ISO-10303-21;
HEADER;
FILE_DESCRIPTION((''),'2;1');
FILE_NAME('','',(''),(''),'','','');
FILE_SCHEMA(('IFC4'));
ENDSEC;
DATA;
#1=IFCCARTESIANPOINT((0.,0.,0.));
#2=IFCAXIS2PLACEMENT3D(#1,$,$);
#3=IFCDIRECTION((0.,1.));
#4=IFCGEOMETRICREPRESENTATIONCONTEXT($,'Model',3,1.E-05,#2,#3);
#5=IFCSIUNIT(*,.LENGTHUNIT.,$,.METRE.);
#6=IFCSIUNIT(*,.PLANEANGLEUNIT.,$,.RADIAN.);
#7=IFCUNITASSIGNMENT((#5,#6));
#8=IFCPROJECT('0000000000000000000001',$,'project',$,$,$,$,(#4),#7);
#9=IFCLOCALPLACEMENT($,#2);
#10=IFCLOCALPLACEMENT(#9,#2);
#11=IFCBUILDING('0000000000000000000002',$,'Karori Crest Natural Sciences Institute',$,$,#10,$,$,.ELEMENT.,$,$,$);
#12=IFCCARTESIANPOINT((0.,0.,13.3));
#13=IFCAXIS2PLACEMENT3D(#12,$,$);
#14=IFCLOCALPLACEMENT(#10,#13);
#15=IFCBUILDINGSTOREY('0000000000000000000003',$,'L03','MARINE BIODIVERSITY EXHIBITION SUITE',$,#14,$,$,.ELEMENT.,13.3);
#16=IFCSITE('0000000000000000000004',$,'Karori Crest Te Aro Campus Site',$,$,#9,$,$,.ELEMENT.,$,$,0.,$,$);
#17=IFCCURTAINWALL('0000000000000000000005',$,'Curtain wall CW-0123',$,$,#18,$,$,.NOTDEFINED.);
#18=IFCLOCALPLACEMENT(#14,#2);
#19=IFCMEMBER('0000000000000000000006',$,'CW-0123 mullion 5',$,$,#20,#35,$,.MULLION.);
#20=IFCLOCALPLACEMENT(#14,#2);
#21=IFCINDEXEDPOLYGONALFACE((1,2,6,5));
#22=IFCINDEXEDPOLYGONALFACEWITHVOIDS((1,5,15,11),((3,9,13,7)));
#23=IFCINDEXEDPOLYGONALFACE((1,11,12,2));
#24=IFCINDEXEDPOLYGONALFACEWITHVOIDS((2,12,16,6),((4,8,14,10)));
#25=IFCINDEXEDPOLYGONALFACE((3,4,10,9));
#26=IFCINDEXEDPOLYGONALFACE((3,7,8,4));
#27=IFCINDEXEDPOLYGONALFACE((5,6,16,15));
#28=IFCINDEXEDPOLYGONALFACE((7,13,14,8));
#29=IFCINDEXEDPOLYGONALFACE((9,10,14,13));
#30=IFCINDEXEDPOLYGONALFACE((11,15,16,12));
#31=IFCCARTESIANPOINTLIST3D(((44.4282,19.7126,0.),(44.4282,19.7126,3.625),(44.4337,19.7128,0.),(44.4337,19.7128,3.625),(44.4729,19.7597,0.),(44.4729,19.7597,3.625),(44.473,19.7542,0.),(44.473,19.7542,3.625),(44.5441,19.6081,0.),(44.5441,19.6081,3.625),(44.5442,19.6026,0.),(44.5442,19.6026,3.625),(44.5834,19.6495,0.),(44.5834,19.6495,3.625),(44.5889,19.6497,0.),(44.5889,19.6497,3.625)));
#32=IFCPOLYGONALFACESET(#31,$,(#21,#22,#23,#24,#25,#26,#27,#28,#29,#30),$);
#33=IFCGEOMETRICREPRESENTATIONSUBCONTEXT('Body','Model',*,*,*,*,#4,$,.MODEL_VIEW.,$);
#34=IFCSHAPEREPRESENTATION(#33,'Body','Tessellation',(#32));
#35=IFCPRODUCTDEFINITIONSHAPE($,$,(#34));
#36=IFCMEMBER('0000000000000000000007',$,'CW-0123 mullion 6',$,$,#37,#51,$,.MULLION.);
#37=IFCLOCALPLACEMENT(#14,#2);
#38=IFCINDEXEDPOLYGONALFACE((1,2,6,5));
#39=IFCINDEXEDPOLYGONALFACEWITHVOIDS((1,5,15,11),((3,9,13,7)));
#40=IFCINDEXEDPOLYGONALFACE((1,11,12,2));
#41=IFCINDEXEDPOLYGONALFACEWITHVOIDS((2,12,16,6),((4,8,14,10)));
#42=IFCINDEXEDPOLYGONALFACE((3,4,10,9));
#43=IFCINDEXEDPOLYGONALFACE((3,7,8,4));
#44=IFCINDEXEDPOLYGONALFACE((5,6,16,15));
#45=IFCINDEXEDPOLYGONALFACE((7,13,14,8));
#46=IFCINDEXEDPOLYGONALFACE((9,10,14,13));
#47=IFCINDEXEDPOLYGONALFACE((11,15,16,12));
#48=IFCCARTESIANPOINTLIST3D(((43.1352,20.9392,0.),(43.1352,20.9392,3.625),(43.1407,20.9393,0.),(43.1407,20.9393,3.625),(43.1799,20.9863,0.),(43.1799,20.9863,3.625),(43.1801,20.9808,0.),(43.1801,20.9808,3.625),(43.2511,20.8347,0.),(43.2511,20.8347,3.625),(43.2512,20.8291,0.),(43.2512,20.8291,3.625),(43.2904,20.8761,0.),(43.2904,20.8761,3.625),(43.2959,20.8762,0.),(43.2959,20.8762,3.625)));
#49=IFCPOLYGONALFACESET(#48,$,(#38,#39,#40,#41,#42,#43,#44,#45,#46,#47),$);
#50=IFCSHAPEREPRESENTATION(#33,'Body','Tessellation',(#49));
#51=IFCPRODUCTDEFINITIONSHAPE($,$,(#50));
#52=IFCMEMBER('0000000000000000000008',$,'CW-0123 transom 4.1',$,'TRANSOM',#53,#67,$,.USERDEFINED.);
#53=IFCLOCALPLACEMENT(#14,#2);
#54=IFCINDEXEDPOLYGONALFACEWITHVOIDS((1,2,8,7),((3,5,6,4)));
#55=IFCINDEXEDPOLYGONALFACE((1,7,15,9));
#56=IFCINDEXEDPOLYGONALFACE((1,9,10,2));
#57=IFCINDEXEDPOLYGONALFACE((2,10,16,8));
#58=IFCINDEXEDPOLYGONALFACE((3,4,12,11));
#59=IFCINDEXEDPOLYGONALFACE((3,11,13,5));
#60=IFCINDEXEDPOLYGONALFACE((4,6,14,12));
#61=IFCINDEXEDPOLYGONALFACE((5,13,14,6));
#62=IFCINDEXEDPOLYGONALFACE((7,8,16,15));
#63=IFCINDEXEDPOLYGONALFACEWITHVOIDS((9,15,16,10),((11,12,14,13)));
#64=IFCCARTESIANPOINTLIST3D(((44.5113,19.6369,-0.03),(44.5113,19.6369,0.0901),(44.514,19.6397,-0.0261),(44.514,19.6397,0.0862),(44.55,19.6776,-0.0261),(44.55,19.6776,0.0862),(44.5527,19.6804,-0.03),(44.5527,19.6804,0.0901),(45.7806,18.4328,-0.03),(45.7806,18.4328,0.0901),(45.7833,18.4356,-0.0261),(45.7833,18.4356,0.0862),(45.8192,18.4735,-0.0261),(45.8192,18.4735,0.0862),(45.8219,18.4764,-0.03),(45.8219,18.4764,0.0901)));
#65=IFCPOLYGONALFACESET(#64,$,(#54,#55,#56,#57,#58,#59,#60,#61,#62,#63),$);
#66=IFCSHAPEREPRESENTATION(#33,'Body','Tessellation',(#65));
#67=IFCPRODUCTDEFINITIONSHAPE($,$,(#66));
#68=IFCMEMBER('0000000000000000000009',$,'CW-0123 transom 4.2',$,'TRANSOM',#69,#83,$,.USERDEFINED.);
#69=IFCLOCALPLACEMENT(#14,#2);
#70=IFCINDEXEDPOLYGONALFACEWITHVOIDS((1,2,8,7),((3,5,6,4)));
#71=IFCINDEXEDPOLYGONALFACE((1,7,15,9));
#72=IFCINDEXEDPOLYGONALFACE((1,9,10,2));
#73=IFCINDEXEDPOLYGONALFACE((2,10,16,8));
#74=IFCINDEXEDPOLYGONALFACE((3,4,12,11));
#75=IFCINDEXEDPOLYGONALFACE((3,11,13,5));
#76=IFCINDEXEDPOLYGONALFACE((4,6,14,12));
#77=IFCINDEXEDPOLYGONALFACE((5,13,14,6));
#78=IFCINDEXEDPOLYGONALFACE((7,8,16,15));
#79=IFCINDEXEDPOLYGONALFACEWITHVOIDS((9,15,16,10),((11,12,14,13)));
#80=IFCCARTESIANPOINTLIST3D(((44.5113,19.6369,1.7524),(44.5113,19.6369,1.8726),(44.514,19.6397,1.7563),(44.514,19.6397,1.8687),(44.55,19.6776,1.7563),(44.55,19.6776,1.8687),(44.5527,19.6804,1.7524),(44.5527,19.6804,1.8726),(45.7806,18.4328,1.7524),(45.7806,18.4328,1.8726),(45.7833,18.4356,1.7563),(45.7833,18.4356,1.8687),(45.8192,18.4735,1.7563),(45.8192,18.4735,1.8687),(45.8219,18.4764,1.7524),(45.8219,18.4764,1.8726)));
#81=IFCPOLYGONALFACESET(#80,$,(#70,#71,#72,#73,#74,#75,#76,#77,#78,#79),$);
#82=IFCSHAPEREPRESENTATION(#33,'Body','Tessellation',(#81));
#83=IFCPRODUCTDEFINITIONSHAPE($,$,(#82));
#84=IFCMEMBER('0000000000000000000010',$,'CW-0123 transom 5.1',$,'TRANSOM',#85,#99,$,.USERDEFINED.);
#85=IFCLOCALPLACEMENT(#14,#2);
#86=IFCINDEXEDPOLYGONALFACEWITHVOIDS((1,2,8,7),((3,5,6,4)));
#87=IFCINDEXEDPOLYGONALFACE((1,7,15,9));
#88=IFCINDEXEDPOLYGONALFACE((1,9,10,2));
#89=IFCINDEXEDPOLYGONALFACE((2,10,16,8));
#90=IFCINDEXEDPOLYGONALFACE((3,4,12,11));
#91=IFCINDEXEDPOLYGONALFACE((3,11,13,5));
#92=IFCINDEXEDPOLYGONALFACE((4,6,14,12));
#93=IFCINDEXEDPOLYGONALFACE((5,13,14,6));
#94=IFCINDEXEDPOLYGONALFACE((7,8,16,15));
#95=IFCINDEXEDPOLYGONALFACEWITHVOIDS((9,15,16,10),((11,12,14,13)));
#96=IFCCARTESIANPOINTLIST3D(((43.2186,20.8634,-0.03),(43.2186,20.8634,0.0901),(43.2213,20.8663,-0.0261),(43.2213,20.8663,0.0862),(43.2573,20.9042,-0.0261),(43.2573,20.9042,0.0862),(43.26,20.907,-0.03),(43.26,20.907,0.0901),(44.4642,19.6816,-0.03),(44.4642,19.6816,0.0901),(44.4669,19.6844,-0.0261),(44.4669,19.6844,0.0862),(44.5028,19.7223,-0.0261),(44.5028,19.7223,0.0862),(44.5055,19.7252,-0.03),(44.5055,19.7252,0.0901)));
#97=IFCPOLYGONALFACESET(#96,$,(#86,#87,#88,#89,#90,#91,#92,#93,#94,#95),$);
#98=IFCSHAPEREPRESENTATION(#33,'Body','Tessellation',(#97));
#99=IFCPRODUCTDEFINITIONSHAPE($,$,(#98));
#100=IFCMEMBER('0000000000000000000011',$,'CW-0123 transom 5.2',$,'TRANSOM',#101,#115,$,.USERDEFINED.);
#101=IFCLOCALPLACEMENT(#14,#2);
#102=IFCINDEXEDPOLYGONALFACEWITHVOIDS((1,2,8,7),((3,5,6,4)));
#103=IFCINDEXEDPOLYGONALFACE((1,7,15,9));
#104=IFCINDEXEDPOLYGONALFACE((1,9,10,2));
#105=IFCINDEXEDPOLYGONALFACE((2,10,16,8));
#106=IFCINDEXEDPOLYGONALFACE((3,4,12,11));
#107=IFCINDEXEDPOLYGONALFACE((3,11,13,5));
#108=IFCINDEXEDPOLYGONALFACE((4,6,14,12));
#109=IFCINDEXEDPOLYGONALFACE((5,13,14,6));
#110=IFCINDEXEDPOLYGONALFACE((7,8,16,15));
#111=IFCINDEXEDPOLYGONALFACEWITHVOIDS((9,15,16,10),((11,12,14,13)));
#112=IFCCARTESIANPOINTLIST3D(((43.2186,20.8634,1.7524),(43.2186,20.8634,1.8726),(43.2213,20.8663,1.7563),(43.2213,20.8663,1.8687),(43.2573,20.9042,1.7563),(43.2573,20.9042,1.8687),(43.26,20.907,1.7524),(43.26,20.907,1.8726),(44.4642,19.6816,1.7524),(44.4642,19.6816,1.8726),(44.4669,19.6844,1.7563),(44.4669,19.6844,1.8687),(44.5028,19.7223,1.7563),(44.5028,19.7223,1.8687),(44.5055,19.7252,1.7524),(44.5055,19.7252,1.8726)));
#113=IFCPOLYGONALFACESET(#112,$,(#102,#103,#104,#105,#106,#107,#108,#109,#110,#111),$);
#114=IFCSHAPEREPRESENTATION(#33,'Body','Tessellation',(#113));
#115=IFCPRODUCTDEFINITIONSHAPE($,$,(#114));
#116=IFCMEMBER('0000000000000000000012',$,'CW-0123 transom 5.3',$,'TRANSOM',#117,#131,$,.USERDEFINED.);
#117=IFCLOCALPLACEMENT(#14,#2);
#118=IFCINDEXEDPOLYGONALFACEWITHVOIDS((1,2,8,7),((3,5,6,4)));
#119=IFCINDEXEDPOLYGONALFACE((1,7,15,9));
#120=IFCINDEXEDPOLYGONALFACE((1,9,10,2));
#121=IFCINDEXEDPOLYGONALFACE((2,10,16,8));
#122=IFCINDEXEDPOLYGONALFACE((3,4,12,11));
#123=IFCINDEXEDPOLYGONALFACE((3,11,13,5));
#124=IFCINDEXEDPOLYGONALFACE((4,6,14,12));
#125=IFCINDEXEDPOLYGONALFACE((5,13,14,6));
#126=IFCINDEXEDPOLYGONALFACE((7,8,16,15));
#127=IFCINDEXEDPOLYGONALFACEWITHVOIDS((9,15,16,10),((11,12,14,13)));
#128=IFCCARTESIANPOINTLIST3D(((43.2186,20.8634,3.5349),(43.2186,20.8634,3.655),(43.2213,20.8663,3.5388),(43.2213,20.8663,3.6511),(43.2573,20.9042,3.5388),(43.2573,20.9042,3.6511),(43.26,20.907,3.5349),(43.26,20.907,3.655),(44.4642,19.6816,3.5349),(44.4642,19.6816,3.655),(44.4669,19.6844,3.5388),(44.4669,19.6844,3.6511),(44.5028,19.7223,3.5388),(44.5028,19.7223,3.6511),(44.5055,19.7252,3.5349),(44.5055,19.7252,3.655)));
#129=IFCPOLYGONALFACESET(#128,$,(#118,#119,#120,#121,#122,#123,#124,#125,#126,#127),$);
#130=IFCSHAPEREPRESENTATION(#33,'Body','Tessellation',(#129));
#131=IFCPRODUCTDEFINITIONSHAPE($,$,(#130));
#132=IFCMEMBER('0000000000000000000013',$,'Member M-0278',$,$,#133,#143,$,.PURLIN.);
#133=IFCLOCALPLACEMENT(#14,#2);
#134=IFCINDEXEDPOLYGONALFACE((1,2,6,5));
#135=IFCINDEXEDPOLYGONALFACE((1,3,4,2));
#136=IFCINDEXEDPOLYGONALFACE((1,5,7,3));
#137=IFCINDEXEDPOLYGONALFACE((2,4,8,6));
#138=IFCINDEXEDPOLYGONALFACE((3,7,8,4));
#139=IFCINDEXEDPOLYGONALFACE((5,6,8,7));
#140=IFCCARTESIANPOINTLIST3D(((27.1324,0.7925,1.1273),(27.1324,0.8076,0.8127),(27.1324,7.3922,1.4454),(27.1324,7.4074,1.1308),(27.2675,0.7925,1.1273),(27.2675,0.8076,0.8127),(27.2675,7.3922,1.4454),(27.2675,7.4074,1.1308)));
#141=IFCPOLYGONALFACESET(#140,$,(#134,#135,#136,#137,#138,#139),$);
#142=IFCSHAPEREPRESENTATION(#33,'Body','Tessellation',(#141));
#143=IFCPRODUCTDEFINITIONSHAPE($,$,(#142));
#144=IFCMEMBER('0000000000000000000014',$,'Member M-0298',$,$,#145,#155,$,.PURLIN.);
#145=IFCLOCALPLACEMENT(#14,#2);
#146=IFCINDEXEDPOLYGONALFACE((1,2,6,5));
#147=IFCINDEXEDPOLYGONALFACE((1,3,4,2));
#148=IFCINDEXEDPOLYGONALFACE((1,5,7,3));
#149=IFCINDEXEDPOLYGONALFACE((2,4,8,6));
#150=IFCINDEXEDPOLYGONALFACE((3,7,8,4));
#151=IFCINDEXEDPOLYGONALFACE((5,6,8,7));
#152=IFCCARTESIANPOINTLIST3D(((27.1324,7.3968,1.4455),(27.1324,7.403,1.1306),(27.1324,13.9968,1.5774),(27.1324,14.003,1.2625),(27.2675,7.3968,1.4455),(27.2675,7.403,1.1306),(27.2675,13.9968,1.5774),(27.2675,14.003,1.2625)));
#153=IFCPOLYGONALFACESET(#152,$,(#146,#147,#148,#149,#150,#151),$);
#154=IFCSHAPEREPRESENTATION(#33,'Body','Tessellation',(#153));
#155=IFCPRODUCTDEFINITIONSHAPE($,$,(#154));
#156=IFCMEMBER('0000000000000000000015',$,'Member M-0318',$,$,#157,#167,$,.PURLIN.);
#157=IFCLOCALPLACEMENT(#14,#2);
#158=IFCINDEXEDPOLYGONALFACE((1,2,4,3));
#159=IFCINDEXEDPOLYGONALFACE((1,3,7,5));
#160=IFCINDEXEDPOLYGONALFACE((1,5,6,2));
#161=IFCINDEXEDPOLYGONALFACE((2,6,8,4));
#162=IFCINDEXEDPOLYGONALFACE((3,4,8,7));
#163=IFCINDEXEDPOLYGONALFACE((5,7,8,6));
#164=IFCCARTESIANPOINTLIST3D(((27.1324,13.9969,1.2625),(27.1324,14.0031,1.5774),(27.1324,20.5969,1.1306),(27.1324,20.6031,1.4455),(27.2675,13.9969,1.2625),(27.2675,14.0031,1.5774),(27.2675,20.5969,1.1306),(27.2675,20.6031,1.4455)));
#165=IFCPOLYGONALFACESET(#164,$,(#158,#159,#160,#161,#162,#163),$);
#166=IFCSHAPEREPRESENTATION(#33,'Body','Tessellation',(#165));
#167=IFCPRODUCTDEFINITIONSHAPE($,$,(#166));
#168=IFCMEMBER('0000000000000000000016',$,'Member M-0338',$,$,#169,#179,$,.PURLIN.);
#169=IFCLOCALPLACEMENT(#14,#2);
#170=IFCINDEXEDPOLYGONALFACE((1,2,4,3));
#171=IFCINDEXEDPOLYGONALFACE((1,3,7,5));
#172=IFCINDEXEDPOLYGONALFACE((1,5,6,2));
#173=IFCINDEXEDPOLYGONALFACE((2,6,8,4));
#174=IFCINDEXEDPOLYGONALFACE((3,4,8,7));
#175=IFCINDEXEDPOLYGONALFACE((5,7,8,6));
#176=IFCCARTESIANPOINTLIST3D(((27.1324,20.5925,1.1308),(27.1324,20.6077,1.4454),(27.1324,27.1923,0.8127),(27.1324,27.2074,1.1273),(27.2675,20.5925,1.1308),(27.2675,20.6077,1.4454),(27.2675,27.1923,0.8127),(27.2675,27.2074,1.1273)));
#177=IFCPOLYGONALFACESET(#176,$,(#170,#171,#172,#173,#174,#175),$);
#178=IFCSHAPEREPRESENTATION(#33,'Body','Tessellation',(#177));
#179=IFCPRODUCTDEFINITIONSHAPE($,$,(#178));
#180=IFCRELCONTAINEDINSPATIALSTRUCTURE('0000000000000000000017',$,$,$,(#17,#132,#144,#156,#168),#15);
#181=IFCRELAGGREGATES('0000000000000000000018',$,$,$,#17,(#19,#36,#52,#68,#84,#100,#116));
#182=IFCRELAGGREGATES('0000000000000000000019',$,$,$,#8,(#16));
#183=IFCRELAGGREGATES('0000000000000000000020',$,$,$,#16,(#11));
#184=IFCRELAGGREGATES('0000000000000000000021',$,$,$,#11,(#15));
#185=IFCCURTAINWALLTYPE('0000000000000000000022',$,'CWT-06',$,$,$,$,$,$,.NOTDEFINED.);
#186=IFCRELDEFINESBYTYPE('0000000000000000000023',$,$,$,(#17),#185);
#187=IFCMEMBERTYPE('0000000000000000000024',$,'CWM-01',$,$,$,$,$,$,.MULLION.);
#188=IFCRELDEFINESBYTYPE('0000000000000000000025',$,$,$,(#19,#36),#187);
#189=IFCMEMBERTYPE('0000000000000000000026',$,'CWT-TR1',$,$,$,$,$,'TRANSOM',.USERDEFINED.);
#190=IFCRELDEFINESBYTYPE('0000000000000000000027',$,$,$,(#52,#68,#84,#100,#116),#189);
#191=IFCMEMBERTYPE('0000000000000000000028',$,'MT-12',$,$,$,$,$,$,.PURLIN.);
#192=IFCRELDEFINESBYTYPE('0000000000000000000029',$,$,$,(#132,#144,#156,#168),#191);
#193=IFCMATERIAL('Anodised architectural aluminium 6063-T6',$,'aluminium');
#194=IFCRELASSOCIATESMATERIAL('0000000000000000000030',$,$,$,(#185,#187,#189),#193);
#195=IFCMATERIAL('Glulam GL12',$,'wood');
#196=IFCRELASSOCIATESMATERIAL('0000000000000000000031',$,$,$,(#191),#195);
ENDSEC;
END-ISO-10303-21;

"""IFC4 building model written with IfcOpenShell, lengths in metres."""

from ifc_helpers import new_model, si_unit, direction, frame, origin, origin_2d, place, context, subcontext, project, spatial, rectangle, hollow_rectangle, extrude, material, material_profile, profile_set, type_object, element, aggregate, save


model = new_model("IFC4")

# Units and contexts
model_context = context("Model", 3, precision=1e-05, world=origin(), true_north=direction((0.0, 1.0)))
body_context = subcontext(model_context, "Body", "Model", "MODEL_VIEW")
ifc_project = project(units=[si_unit("LENGTHUNIT", "METRE"), si_unit("PLANEANGLEUNIT", "RADIAN")], contexts=[model_context])

# Site, building, storey
site_placement = place(None, origin())
site = spatial("IfcSite", under=ifc_project, at=site_placement, Name="Karori Crest Te Aro Campus Site", CompositionType="ELEMENT", RefElevation=0.0)
building_placement = place(site_placement, origin())
building = spatial("IfcBuilding", under=site, at=building_placement, Name="Karori Crest Natural Sciences Institute", CompositionType="ELEMENT")
storey_placement = place(building_placement, frame((0.0, 0.0, 13.3)))
storey = spatial("IfcBuildingStorey", under=building, at=storey_placement, Name="L03", Description="MARINE BIODIVERSITY EXHIBITION SUITE", CompositionType="ELEMENT", Elevation=13.3)

# Curtain wall, members
ifc_material_1 = material(Name="Anodised architectural aluminium 6063-T6", Category="aluminium")
curtain_wall_type = type_object("IfcCurtainWallType", Name="CWT-06", PredefinedType="NOTDEFINED", material=ifc_material_1)
curtain_wall_placement = place(storey_placement, origin())
curtain_wall = element("IfcCurtainWall", 1, at=curtain_wall_placement, inside=storey, type_object=curtain_wall_type, Name="Curtain wall CW-0123", PredefinedType="NOTDEFINED")
ifc_material_profile_1 = material_profile(ifc_material_1, hollow_rectangle(XDim=0.0649, YDim=0.1599, WallThickness=0.0039, at=origin_2d()), Name="CWM160x65x4")
ifc_profile_set_1 = profile_set([ifc_material_profile_1], Name="Anodised architectural aluminium 6063-T6")
member_type_1 = type_object("IfcMemberType", Name="CWM-01", PredefinedType="MULLION", material=ifc_profile_set_1)
member_1_placement = place(storey_placement, frame((44.5085, 19.6812, 0.0), z_axis=(0.0, 0.0, 1.0), x_axis=(-0.688252, -0.725471, 0.0)))
member_1 = element("IfcMember", 2, at=member_1_placement, type_object=member_type_1, Name="CW-0123 mullion 5", PredefinedType="MULLION", context=body_context, shape_type="SweptSolid", body=[
    extrude(hollow_rectangle(XDim=0.0649, YDim=0.1599, WallThickness=0.0039, at=origin_2d()), origin(), (0.0, 0.0, 1.0), 3.625),
])
member_2_placement = place(storey_placement, frame((43.2156, 20.9077, 0.0), z_axis=(0.0, 0.0, 1.0), x_axis=(-0.688252, -0.725471, 0.0)))
member_2 = element("IfcMember", 3, at=member_2_placement, type_object=member_type_1, Name="CW-0123 mullion 6", PredefinedType="MULLION", context=body_context, shape_type="SweptSolid", body=[
    extrude(hollow_rectangle(XDim=0.0649, YDim=0.1599, WallThickness=0.0039, at=origin_2d()), origin(), (0.0, 0.0, 1.0), 3.625),
])
ifc_material_profile_2 = material_profile(ifc_material_1, hollow_rectangle(XDim=0.0601, YDim=0.1201, WallThickness=0.0039, at=origin_2d()), Name="CWT120x60x4")
ifc_profile_set_2 = profile_set([ifc_material_profile_2], Name="Anodised architectural aluminium 6063-T6")
member_type_2 = type_object("IfcMemberType", Name="CWT-TR1", ElementType="TRANSOM", PredefinedType="USERDEFINED", material=ifc_profile_set_2)
member_3_placement = place(storey_placement, frame((45.8013, 18.4546, 0.03), z_axis=(-0.72549, 0.688232, 0.0), x_axis=(-0.688232, -0.72549, 0.0)))
member_3 = element("IfcMember", 4, at=member_3_placement, type_object=member_type_2, Name="CW-0123 transom 4.1", ObjectType="TRANSOM", PredefinedType="USERDEFINED", context=body_context, shape_type="SweptSolid", body=[
    extrude(hollow_rectangle(XDim=0.0601, YDim=0.1201, WallThickness=0.0039, at=origin_2d()), origin(), (0.0, 0.0, 1.0), 1.7495),
])
member_4_placement = place(storey_placement, frame((45.8013, 18.4546, 1.8125), z_axis=(-0.72549, 0.688232, 0.0), x_axis=(-0.688232, -0.72549, 0.0)))
member_4 = element("IfcMember", 5, at=member_4_placement, type_object=member_type_2, Name="CW-0123 transom 4.2", ObjectType="TRANSOM", PredefinedType="USERDEFINED", context=body_context, shape_type="SweptSolid", body=[
    extrude(hollow_rectangle(XDim=0.0601, YDim=0.1201, WallThickness=0.0039, at=origin_2d()), origin(), (0.0, 0.0, 1.0), 1.7495),
])
member_5_placement = place(storey_placement, frame((44.4849, 19.7034, 0.03), z_axis=(-0.725418, 0.688308, 0.0), x_axis=(-0.688308, -0.725418, 0.0)))
member_5 = element("IfcMember", 6, at=member_5_placement, type_object=member_type_2, Name="CW-0123 transom 5.1", ObjectType="TRANSOM", PredefinedType="USERDEFINED", context=body_context, shape_type="SweptSolid", body=[
    extrude(hollow_rectangle(XDim=0.0601, YDim=0.1201, WallThickness=0.0039, at=origin_2d()), origin(), (0.0, 0.0, 1.0), 1.717),
])
member_6_placement = place(storey_placement, frame((44.4849, 19.7034, 1.8125), z_axis=(-0.725418, 0.688308, 0.0), x_axis=(-0.688308, -0.725418, 0.0)))
member_6 = element("IfcMember", 7, at=member_6_placement, type_object=member_type_2, Name="CW-0123 transom 5.2", ObjectType="TRANSOM", PredefinedType="USERDEFINED", context=body_context, shape_type="SweptSolid", body=[
    extrude(hollow_rectangle(XDim=0.0601, YDim=0.1201, WallThickness=0.0039, at=origin_2d()), origin(), (0.0, 0.0, 1.0), 1.717),
])
member_7_placement = place(storey_placement, frame((44.4849, 19.7034, 3.595), z_axis=(-0.725418, 0.688308, 0.0), x_axis=(-0.688308, -0.725418, 0.0)))
member_7 = element("IfcMember", 8, at=member_7_placement, type_object=member_type_2, Name="CW-0123 transom 5.3", ObjectType="TRANSOM", PredefinedType="USERDEFINED", context=body_context, shape_type="SweptSolid", body=[
    extrude(hollow_rectangle(XDim=0.0601, YDim=0.1201, WallThickness=0.0039, at=origin_2d()), origin(), (0.0, 0.0, 1.0), 1.717),
])

# Members
ifc_material_2 = material(Name="Glulam GL12", Category="wood")
ifc_material_profile_3 = material_profile(ifc_material_2, rectangle(XDim=0.135, YDim=0.3149, at=origin_2d()), Name="GL135x315")
ifc_profile_set_3 = profile_set([ifc_material_profile_3], Name="Glulam GL12")
member_type_3 = type_object("IfcMemberType", Name="MT-12", PredefinedType="PURLIN", material=ifc_profile_set_3)
member_8_placement = place(storey_placement, frame((27.2, 0.8, 0.97), z_axis=(0.0, 0.99884, 0.048144), x_axis=(-1.0, 0.0, 0.0)))
element("IfcMember", 9, at=member_8_placement, inside=storey, type_object=member_type_3, Name="Member M-0278", PredefinedType="PURLIN", context=body_context, shape_type="SweptSolid", body=[
    extrude(rectangle(XDim=0.135, YDim=0.3149, at=origin_2d()), origin(), (0.0, 0.0, 1.0), 6.6074),
])
for number, where, z_axis, x_axis, name in (
    (10, (27.2, 7.3999, 1.2881), (0.0, 0.999801, 0.019971), (-1.0, 0.0, 0.0), "Member M-0298"),
    (11, (27.2, 14.0, 1.4199), (0.0, 0.999801, -0.019971), (-1.0, 0.0, 0.0), "Member M-0318"),
):
    element("IfcMember", number, at=place(storey_placement, frame(where, z_axis=z_axis, x_axis=x_axis)), inside=storey, type_object=member_type_3, Name=name, PredefinedType="PURLIN", context=body_context, shape_type="SweptSolid", body=[
        extrude(rectangle(XDim=0.135, YDim=0.3149, at=origin_2d()), origin(), (0.0, 0.0, 1.0), 6.6013),
    ])
member_9_placement = place(storey_placement, frame((27.2, 20.6001, 1.2881), z_axis=(0.0, 0.99884, -0.048144), x_axis=(-1.0, 0.0, 0.0)))
element("IfcMember", 12, at=member_9_placement, inside=storey, type_object=member_type_3, Name="Member M-0338", PredefinedType="PURLIN", context=body_context, shape_type="SweptSolid", body=[
    extrude(rectangle(XDim=0.135, YDim=0.3149, at=origin_2d()), origin(), (0.0, 0.0, 1.0), 6.6074),
])

aggregate(curtain_wall, [member_1, member_2, member_3, member_4, member_5, member_6, member_7])

save(model, "model.ifc")
